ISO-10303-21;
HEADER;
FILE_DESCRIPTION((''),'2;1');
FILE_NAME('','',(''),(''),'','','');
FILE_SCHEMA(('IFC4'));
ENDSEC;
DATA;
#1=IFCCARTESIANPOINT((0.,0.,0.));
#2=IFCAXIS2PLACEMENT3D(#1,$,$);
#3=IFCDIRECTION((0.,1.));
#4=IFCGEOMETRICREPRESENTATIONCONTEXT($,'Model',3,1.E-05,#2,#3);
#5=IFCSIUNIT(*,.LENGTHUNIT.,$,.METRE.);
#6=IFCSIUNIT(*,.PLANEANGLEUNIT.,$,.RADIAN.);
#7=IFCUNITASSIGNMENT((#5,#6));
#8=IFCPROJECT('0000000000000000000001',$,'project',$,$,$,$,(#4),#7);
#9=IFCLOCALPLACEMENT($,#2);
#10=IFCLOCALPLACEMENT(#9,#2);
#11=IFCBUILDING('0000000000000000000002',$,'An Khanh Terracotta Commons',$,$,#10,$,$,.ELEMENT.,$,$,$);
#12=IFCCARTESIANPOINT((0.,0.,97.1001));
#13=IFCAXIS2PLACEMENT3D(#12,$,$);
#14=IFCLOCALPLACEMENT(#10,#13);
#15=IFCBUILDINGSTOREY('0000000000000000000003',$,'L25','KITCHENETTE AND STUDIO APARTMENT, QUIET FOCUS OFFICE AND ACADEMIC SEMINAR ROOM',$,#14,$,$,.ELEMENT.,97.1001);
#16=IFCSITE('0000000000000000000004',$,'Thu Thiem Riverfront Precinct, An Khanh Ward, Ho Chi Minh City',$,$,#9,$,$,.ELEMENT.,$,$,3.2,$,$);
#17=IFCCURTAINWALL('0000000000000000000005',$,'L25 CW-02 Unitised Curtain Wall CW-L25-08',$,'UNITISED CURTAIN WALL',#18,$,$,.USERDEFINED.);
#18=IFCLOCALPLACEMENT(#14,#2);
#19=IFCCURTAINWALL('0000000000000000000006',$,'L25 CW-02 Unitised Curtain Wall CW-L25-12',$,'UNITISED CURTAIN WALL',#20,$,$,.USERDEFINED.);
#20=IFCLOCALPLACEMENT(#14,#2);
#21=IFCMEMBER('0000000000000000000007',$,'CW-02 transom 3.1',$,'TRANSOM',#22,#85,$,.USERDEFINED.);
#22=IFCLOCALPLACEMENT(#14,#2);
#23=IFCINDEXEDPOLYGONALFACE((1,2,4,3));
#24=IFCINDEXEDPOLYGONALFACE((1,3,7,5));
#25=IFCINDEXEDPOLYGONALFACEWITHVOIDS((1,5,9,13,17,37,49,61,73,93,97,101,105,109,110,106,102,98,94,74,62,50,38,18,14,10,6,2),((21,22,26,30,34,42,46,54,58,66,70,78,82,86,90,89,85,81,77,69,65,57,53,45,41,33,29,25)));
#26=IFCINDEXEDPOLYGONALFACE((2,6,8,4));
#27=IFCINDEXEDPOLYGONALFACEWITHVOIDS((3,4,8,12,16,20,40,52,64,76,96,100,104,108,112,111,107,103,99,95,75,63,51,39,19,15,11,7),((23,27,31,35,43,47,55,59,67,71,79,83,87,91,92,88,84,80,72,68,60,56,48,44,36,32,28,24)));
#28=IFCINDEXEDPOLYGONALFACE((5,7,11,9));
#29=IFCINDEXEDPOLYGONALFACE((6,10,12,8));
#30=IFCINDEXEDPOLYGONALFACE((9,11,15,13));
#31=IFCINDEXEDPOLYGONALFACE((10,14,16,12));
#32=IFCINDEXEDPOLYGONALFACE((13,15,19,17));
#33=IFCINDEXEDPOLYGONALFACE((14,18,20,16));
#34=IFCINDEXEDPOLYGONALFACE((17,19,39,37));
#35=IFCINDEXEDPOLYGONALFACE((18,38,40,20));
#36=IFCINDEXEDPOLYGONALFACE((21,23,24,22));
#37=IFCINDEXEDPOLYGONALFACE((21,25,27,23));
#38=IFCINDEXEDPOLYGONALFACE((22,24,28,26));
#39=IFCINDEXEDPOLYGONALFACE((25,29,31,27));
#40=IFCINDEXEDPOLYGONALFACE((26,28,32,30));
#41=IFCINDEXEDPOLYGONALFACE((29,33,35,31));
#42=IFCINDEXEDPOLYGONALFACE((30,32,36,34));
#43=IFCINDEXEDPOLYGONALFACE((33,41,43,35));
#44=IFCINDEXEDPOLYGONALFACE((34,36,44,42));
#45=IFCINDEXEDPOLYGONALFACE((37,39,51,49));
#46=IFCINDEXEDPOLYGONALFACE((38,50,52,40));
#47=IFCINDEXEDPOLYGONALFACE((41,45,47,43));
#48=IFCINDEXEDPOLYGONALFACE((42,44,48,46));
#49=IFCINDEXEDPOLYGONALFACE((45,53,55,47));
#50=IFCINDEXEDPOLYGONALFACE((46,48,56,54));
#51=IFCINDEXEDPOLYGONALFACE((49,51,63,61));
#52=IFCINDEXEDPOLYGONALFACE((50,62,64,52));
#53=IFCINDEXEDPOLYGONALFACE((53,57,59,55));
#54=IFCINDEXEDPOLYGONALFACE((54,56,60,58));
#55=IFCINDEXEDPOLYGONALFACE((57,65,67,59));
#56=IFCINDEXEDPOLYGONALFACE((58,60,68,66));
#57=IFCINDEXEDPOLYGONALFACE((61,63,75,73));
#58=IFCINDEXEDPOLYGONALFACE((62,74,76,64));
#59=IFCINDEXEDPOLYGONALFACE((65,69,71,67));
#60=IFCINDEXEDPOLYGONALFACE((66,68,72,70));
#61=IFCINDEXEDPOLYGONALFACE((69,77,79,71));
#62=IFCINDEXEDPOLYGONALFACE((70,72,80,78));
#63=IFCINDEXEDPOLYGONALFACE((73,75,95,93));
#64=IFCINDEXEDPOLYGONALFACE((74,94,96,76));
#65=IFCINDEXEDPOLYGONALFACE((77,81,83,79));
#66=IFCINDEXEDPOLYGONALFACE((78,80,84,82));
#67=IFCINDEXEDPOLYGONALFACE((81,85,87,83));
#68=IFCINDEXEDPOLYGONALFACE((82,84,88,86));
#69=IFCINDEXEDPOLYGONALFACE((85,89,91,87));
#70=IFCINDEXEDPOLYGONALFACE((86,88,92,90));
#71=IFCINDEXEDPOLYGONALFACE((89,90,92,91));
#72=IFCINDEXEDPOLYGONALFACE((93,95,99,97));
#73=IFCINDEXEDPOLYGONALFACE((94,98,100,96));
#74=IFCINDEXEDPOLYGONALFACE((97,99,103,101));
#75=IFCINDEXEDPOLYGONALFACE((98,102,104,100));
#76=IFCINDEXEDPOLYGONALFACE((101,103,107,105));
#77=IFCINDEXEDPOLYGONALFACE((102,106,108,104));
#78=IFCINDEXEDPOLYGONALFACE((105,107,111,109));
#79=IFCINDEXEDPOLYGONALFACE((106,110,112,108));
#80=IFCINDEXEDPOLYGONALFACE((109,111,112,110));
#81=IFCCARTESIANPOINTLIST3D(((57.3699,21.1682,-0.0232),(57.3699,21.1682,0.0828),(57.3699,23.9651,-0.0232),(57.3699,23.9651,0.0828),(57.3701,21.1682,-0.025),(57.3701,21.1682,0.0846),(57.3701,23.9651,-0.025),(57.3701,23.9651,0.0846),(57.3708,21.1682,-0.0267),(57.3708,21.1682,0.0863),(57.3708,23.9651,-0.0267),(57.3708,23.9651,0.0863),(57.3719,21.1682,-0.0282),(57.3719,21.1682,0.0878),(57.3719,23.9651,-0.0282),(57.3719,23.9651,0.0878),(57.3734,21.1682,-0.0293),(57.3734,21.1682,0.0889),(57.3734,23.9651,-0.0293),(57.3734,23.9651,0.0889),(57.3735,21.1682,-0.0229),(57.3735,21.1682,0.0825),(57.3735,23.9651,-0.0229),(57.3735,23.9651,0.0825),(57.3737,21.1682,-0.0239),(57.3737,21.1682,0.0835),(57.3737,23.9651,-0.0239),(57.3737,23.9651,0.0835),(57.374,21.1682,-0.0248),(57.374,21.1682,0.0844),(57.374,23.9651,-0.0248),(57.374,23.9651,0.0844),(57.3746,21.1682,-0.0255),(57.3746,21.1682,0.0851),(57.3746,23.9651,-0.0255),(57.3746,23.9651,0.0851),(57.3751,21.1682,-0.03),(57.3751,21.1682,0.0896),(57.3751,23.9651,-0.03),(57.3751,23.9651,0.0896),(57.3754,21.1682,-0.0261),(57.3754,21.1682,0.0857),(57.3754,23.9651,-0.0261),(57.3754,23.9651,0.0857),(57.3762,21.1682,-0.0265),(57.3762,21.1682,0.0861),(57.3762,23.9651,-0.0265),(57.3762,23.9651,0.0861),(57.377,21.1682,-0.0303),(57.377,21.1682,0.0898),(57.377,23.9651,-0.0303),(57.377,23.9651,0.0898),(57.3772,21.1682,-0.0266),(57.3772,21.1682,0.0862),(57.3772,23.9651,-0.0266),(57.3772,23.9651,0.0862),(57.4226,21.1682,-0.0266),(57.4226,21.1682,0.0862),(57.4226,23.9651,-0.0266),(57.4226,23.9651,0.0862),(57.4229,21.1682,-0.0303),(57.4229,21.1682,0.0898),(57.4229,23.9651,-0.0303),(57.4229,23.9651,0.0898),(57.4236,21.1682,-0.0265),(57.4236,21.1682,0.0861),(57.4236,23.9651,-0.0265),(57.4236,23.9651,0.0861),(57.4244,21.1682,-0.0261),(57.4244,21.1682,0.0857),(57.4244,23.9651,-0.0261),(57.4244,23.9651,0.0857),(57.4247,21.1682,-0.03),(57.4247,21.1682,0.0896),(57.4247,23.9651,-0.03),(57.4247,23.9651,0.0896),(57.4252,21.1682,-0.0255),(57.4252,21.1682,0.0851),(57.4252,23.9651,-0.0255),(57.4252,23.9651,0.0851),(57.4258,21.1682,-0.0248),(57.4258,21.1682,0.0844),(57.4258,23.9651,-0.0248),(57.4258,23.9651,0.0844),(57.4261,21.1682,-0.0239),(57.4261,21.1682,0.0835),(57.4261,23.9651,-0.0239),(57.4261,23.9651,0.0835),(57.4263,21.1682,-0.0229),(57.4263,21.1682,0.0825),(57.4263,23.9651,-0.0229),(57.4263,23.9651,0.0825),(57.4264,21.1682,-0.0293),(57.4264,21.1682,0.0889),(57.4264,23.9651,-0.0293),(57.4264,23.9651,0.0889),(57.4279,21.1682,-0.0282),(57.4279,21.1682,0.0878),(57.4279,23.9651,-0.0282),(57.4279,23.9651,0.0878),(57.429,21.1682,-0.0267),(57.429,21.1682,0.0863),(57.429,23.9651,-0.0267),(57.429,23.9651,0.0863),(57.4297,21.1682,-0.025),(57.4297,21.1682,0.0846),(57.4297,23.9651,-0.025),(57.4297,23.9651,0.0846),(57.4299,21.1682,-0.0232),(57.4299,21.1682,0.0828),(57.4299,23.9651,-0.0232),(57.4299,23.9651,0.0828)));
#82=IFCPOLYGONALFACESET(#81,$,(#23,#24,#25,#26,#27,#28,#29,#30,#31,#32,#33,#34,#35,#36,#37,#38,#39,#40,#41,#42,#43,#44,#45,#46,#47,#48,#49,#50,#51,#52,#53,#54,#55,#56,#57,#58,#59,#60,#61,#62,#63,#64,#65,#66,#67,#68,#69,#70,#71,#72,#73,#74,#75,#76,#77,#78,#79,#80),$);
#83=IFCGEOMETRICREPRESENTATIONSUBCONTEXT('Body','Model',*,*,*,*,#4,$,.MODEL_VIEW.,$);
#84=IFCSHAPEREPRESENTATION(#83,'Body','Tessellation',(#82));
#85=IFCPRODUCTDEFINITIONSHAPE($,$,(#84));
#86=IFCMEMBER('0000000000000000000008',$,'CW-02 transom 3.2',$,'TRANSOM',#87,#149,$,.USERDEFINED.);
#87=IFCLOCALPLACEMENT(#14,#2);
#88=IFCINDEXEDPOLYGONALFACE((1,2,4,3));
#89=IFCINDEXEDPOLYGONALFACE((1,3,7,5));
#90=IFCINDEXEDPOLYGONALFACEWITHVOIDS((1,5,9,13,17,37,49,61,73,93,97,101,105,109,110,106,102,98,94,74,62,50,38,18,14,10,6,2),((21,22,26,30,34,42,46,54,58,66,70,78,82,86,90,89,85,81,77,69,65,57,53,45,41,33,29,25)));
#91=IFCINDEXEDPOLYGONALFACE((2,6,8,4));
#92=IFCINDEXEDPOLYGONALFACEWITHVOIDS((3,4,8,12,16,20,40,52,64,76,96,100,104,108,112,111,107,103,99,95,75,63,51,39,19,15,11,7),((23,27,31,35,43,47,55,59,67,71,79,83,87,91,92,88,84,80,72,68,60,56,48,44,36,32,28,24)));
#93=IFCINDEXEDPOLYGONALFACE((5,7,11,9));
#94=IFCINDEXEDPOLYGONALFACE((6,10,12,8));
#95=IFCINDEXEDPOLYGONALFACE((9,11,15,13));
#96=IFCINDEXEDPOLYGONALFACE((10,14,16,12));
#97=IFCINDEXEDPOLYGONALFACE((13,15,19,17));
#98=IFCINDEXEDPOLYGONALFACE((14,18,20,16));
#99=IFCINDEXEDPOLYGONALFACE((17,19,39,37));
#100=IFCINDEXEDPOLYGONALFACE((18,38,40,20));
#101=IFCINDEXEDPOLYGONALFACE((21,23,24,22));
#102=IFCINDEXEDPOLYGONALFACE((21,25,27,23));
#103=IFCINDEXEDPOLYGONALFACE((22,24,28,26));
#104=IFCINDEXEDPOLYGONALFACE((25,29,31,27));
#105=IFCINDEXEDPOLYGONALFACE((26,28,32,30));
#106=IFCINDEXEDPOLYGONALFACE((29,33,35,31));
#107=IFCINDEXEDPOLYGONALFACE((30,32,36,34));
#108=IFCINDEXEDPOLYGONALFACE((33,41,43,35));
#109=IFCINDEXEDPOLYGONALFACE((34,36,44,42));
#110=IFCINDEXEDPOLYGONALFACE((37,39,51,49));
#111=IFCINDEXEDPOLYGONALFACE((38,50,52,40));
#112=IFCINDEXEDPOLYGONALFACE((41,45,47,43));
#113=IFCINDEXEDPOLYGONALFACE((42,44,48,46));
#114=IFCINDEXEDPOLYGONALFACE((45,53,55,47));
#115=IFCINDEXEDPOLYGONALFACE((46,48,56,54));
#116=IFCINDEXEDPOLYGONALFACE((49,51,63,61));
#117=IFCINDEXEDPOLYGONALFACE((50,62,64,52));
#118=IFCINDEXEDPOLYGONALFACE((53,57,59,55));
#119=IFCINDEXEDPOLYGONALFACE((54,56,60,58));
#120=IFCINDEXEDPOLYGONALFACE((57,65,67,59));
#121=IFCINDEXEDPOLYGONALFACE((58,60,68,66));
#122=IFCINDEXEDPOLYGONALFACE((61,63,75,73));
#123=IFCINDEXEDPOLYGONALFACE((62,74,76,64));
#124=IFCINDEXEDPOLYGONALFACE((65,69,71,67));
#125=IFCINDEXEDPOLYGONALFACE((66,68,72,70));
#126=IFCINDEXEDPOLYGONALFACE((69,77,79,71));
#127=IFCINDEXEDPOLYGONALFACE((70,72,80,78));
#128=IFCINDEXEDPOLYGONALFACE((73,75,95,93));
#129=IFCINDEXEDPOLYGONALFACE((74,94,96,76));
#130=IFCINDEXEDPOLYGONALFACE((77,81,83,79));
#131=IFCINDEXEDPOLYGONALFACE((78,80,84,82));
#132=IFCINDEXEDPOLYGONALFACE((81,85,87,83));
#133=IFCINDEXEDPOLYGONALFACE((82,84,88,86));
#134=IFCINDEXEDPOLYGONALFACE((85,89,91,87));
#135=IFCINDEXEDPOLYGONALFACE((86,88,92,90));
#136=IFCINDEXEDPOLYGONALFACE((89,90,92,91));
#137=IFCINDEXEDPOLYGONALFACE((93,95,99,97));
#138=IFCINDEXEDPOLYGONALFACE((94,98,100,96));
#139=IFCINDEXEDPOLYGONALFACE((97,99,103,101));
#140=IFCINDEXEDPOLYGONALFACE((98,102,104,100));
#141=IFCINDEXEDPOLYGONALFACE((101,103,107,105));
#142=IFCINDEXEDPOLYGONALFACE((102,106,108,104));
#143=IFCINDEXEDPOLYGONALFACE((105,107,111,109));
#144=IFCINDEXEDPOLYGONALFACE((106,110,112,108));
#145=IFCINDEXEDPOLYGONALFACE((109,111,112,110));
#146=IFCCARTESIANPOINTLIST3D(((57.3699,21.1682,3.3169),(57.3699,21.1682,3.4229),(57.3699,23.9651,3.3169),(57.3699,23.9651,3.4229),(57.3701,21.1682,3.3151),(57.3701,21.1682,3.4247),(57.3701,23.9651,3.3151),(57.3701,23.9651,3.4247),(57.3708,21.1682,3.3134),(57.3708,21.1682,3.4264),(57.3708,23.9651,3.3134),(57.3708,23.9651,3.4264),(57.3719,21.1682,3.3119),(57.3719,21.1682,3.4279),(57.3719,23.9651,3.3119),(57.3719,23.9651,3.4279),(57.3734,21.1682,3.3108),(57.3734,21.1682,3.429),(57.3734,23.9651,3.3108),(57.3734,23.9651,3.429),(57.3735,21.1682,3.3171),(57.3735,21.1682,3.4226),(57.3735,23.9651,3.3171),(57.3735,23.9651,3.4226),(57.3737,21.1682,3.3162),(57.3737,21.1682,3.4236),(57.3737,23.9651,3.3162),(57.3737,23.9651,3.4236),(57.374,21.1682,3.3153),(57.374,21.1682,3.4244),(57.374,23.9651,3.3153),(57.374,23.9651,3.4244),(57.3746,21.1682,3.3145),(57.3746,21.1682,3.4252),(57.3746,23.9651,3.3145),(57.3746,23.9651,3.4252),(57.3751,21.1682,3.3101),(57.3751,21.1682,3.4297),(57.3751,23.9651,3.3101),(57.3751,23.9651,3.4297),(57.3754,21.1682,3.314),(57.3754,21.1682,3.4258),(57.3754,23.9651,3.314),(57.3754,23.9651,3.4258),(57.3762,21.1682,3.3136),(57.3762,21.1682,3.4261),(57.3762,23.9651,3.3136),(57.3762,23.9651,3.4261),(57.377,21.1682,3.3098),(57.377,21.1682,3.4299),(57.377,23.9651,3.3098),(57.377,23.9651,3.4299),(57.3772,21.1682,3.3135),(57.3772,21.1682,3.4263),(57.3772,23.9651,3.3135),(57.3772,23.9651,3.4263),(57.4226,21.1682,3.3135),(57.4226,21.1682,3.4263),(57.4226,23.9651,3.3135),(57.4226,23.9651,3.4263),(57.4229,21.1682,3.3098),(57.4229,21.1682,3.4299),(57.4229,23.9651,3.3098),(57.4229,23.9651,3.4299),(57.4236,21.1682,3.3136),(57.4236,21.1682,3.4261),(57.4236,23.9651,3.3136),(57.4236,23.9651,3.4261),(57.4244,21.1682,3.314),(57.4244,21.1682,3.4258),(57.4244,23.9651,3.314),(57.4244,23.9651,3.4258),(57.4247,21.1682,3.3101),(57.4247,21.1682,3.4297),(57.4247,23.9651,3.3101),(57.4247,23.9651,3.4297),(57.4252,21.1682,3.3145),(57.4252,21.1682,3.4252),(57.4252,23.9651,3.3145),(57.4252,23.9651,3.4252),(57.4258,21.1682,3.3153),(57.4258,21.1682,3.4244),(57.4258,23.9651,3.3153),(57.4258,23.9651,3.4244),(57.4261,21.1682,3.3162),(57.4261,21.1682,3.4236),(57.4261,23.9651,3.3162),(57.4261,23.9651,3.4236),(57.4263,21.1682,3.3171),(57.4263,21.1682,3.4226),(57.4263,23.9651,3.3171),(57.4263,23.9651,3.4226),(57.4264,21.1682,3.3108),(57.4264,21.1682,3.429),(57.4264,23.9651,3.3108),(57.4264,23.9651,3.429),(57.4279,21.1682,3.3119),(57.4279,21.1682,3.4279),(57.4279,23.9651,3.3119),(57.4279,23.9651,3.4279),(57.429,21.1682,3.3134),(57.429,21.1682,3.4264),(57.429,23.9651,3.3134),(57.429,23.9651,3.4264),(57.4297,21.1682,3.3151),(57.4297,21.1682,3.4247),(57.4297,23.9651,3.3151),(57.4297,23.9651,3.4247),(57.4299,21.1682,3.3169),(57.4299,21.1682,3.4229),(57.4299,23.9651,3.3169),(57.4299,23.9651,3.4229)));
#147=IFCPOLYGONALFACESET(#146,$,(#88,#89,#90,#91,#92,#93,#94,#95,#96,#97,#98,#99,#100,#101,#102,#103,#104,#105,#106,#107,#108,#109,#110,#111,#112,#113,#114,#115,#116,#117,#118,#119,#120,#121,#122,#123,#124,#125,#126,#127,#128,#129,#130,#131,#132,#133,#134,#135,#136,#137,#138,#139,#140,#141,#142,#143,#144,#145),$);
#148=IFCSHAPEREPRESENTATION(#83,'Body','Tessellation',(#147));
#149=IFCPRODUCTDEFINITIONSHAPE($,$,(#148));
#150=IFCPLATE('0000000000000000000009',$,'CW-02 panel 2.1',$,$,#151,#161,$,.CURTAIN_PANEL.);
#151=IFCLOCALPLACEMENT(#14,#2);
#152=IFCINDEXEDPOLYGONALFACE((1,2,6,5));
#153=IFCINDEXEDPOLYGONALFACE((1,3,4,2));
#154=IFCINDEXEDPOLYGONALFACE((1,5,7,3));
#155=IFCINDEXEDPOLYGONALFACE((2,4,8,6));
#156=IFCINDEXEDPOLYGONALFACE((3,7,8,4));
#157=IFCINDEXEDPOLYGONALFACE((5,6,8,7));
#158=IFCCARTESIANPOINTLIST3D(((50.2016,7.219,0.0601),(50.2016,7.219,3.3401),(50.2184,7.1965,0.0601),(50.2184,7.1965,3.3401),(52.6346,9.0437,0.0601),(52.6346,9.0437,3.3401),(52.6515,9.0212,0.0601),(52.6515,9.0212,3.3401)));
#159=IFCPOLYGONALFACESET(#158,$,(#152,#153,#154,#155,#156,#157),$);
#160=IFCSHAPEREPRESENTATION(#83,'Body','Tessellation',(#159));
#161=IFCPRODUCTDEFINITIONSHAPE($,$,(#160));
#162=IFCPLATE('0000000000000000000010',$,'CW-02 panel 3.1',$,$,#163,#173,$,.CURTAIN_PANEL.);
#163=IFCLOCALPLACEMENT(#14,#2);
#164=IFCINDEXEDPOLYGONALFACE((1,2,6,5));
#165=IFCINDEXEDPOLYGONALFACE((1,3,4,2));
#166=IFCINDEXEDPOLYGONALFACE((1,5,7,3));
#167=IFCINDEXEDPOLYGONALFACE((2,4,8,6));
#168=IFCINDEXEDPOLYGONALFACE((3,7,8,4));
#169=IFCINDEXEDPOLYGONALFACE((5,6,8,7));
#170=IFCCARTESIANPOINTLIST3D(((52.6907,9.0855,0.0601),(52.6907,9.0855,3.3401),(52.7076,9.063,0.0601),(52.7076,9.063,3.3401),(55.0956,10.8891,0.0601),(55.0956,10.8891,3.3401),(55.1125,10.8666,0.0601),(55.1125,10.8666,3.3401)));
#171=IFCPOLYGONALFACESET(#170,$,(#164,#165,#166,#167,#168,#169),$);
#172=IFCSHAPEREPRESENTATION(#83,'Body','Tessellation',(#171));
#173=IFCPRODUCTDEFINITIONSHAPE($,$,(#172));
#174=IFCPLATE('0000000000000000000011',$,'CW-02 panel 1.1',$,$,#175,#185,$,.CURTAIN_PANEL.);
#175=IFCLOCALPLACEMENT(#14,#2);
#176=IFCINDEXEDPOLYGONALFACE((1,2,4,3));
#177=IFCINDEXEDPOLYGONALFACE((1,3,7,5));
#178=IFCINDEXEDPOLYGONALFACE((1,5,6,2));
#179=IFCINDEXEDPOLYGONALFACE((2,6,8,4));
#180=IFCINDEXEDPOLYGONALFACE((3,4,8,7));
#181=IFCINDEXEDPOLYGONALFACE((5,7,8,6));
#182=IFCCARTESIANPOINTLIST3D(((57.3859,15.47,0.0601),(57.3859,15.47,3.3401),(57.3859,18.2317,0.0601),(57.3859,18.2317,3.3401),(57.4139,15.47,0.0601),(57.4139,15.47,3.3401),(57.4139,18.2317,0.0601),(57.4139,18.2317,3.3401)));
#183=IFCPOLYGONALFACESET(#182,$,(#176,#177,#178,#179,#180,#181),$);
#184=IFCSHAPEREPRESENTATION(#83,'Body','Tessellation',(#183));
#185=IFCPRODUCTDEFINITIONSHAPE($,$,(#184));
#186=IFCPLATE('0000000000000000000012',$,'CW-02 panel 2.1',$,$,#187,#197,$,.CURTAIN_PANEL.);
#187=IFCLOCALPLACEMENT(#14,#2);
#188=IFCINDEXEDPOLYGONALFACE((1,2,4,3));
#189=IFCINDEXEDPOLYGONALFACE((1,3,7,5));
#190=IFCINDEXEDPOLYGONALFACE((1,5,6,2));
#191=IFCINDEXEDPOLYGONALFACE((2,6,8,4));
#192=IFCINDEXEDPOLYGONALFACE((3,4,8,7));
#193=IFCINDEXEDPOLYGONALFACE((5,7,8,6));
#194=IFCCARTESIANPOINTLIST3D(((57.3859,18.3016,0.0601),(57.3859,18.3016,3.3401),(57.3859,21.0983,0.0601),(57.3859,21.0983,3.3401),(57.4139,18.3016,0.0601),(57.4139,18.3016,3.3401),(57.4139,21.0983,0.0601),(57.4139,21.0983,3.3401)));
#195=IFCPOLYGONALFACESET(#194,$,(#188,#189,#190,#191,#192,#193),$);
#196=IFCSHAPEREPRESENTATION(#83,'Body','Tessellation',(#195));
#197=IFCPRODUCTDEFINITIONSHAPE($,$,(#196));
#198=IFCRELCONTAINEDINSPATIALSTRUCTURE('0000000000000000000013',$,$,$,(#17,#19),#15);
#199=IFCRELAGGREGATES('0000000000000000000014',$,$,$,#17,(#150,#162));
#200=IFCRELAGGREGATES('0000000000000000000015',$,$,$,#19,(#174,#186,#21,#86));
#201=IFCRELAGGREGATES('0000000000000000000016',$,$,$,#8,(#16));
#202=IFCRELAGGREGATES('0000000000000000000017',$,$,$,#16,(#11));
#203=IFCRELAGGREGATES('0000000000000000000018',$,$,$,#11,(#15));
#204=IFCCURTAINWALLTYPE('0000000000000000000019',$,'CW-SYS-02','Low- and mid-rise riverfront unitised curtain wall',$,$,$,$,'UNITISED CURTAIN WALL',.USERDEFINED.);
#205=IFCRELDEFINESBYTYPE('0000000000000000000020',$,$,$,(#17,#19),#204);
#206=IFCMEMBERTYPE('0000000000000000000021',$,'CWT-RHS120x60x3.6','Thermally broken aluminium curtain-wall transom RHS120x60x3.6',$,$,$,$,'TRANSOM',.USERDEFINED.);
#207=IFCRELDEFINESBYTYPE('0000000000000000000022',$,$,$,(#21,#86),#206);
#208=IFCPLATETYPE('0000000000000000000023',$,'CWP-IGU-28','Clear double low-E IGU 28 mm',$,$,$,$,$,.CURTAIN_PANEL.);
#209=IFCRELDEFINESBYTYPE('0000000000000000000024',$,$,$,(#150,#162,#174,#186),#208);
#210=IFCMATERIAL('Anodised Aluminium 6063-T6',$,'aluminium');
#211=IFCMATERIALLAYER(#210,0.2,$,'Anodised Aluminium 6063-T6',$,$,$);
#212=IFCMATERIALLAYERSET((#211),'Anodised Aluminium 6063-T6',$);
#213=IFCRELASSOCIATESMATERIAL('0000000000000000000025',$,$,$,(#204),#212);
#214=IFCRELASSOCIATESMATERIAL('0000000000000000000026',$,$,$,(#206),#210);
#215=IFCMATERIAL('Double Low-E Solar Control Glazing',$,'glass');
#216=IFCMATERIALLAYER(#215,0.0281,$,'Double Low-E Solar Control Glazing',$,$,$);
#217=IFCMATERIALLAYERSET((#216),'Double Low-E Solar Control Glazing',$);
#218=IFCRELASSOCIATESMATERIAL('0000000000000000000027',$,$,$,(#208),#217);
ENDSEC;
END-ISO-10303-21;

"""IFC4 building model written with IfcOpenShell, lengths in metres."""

from ifc_helpers import new_model, si_unit, direction, frame, origin, origin_2d, place, context, subcontext, project, spatial, rectangle, hollow_rectangle, extrude, material, layer, layer_set, material_profile, profile_set, type_object, element, aggregate, save


model = new_model("IFC4")

# Units and contexts
model_context = context("Model", 3, precision=1e-05, world=origin(), true_north=direction((0.0, 1.0)))
body_context = subcontext(model_context, "Body", "Model", "MODEL_VIEW")
ifc_project = project(units=[si_unit("LENGTHUNIT", "METRE"), si_unit("PLANEANGLEUNIT", "RADIAN")], contexts=[model_context])

# Site, building, storey
site_placement = place(None, origin())
site = spatial("IfcSite", under=ifc_project, at=site_placement, Name="Thu Thiem Riverfront Precinct, An Khanh Ward, Ho Chi Minh City", CompositionType="ELEMENT", RefElevation=3.2)
building_placement = place(site_placement, origin())
building = spatial("IfcBuilding", under=site, at=building_placement, Name="An Khanh Terracotta Commons", CompositionType="ELEMENT")
storey_placement = place(building_placement, frame((0.0, 0.0, 97.1001)))
storey = spatial("IfcBuildingStorey", under=building, at=storey_placement, Name="L25", Description="KITCHENETTE AND STUDIO APARTMENT, QUIET FOCUS OFFICE AND ACADEMIC SEMINAR ROOM", CompositionType="ELEMENT", Elevation=97.1001)

# Curtain walls
ifc_material_1 = material(Name="Anodised Aluminium 6063-T6", Category="aluminium")
ifc_layer_1 = layer(ifc_material_1, 0.2, Name="Anodised Aluminium 6063-T6")
ifc_layer_set_1 = layer_set([ifc_layer_1], Name="Anodised Aluminium 6063-T6")
curtain_wall_type = type_object("IfcCurtainWallType", Name="CW-SYS-02", Description="Low- and mid-rise riverfront unitised curtain wall", ElementType="UNITISED CURTAIN WALL", PredefinedType="USERDEFINED", material=ifc_layer_set_1)
curtain_wall_1_placement = place(storey_placement, origin())
curtain_wall_1 = element("IfcCurtainWall", 1, at=curtain_wall_1_placement, inside=storey, type_object=curtain_wall_type, Name="L25 CW-02 Unitised Curtain Wall CW-L25-08", ObjectType="UNITISED CURTAIN WALL", PredefinedType="USERDEFINED")
curtain_wall_2_placement = place(storey_placement, origin())
curtain_wall_2 = element("IfcCurtainWall", 2, at=curtain_wall_2_placement, inside=storey, type_object=curtain_wall_type, Name="L25 CW-02 Unitised Curtain Wall CW-L25-12", ObjectType="UNITISED CURTAIN WALL", PredefinedType="USERDEFINED")

# Members
ifc_material_profile_1 = material_profile(ifc_material_1, hollow_rectangle(XDim=0.0601, YDim=0.1201, WallThickness=0.0037, InnerFilletRadius=0.0037, OuterFilletRadius=0.0071, at=origin_2d()), Name="RHS120x60x3.6")
ifc_profile_set_1 = profile_set([ifc_material_profile_1], Name="Anodised Aluminium 6063-T6")
member_type_1 = type_object("IfcMemberType", Name="CWT-RHS120x60x3.6", Description="Thermally broken aluminium curtain-wall transom RHS120x60x3.6", ElementType="TRANSOM", PredefinedType="USERDEFINED", material=ifc_profile_set_1)
member_1_placement = place(storey_placement, frame((57.3999, 21.1682, 0.0298), z_axis=(0.0, 1.0, 0.0), x_axis=(-1.0, 0.0, 0.0)))
member_1 = element("IfcMember", 3, at=member_1_placement, type_object=member_type_1, Name="CW-02 transom 3.1", ObjectType="TRANSOM", PredefinedType="USERDEFINED", context=body_context, shape_type="SweptSolid", body=[
    extrude(hollow_rectangle(XDim=0.0601, YDim=0.1201, WallThickness=0.0037, InnerFilletRadius=0.0037, OuterFilletRadius=0.0071, at=origin_2d()), origin(), (0.0, 0.0, 1.0), 2.7969),
])
member_2_placement = place(storey_placement, frame((57.3999, 21.1682, 3.3699), z_axis=(0.0, 1.0, 0.0), x_axis=(-1.0, 0.0, 0.0)))
member_2 = element("IfcMember", 4, at=member_2_placement, type_object=member_type_1, Name="CW-02 transom 3.2", ObjectType="TRANSOM", PredefinedType="USERDEFINED", context=body_context, shape_type="SweptSolid", body=[
    extrude(hollow_rectangle(XDim=0.0601, YDim=0.1201, WallThickness=0.0037, InnerFilletRadius=0.0037, OuterFilletRadius=0.0071, at=origin_2d()), origin(), (0.0, 0.0, 1.0), 2.7969),
])

# Plates
ifc_material_2 = material(Name="Double Low-E Solar Control Glazing", Category="glass")
ifc_layer_2 = layer(ifc_material_2, 0.0281, Name="Double Low-E Solar Control Glazing")
ifc_layer_set_2 = layer_set([ifc_layer_2], Name="Double Low-E Solar Control Glazing")
plate_type = type_object("IfcPlateType", Name="CWP-IGU-28", Description="Clear double low-E IGU 28 mm", PredefinedType="CURTAIN_PANEL", material=ifc_layer_set_2)
plate_1_placement = place(storey_placement, frame((51.4265, 8.1201, 0.0601), z_axis=(0.0, 0.0, 1.0), x_axis=(0.800013, 0.599983, 0.0)))
plate_1 = element("IfcPlate", 5, at=plate_1_placement, type_object=plate_type, Name="CW-02 panel 2.1", PredefinedType="CURTAIN_PANEL", context=body_context, shape_type="SweptSolid", body=[
    extrude(rectangle(XDim=3.0413, YDim=0.0281, at=origin_2d()), origin(), (0.0, 0.0, 1.0), 3.28),
])
plate_2_placement = place(storey_placement, frame((53.9016, 9.9761, 0.0601), z_axis=(0.0, 0.0, 1.0), x_axis=(0.800013, 0.599983, 0.0)))
plate_2 = element("IfcPlate", 6, at=plate_2_placement, type_object=plate_type, Name="CW-02 panel 3.1", PredefinedType="CURTAIN_PANEL", context=body_context, shape_type="SweptSolid", body=[
    extrude(rectangle(XDim=3.0061, YDim=0.0281, at=origin_2d()), origin(), (0.0, 0.0, 1.0), 3.28),
])
aggregate(curtain_wall_1, [plate_1, plate_2])
plate_3_placement = place(storey_placement, frame((57.3999, 16.8508, 0.0601), z_axis=(0.0, 0.0, 1.0), x_axis=(0.0, 1.0, 0.0)))
plate_3 = element("IfcPlate", 7, at=plate_3_placement, type_object=plate_type, Name="CW-02 panel 1.1", PredefinedType="CURTAIN_PANEL", context=body_context, shape_type="SweptSolid", body=[
    extrude(rectangle(XDim=2.7617, YDim=0.0281, at=origin_2d()), origin(), (0.0, 0.0, 1.0), 3.28),
])
plate_4_placement = place(storey_placement, frame((57.3999, 19.7, 0.0601), z_axis=(0.0, 0.0, 1.0), x_axis=(0.0, 1.0, 0.0)))
plate_4 = element("IfcPlate", 8, at=plate_4_placement, type_object=plate_type, Name="CW-02 panel 2.1", PredefinedType="CURTAIN_PANEL", context=body_context, shape_type="SweptSolid", body=[
    extrude(rectangle(XDim=2.7966, YDim=0.0281, at=origin_2d()), origin(), (0.0, 0.0, 1.0), 3.28),
])
aggregate(curtain_wall_2, [plate_3, plate_4, member_1, member_2])

save(model, "model.ifc")
